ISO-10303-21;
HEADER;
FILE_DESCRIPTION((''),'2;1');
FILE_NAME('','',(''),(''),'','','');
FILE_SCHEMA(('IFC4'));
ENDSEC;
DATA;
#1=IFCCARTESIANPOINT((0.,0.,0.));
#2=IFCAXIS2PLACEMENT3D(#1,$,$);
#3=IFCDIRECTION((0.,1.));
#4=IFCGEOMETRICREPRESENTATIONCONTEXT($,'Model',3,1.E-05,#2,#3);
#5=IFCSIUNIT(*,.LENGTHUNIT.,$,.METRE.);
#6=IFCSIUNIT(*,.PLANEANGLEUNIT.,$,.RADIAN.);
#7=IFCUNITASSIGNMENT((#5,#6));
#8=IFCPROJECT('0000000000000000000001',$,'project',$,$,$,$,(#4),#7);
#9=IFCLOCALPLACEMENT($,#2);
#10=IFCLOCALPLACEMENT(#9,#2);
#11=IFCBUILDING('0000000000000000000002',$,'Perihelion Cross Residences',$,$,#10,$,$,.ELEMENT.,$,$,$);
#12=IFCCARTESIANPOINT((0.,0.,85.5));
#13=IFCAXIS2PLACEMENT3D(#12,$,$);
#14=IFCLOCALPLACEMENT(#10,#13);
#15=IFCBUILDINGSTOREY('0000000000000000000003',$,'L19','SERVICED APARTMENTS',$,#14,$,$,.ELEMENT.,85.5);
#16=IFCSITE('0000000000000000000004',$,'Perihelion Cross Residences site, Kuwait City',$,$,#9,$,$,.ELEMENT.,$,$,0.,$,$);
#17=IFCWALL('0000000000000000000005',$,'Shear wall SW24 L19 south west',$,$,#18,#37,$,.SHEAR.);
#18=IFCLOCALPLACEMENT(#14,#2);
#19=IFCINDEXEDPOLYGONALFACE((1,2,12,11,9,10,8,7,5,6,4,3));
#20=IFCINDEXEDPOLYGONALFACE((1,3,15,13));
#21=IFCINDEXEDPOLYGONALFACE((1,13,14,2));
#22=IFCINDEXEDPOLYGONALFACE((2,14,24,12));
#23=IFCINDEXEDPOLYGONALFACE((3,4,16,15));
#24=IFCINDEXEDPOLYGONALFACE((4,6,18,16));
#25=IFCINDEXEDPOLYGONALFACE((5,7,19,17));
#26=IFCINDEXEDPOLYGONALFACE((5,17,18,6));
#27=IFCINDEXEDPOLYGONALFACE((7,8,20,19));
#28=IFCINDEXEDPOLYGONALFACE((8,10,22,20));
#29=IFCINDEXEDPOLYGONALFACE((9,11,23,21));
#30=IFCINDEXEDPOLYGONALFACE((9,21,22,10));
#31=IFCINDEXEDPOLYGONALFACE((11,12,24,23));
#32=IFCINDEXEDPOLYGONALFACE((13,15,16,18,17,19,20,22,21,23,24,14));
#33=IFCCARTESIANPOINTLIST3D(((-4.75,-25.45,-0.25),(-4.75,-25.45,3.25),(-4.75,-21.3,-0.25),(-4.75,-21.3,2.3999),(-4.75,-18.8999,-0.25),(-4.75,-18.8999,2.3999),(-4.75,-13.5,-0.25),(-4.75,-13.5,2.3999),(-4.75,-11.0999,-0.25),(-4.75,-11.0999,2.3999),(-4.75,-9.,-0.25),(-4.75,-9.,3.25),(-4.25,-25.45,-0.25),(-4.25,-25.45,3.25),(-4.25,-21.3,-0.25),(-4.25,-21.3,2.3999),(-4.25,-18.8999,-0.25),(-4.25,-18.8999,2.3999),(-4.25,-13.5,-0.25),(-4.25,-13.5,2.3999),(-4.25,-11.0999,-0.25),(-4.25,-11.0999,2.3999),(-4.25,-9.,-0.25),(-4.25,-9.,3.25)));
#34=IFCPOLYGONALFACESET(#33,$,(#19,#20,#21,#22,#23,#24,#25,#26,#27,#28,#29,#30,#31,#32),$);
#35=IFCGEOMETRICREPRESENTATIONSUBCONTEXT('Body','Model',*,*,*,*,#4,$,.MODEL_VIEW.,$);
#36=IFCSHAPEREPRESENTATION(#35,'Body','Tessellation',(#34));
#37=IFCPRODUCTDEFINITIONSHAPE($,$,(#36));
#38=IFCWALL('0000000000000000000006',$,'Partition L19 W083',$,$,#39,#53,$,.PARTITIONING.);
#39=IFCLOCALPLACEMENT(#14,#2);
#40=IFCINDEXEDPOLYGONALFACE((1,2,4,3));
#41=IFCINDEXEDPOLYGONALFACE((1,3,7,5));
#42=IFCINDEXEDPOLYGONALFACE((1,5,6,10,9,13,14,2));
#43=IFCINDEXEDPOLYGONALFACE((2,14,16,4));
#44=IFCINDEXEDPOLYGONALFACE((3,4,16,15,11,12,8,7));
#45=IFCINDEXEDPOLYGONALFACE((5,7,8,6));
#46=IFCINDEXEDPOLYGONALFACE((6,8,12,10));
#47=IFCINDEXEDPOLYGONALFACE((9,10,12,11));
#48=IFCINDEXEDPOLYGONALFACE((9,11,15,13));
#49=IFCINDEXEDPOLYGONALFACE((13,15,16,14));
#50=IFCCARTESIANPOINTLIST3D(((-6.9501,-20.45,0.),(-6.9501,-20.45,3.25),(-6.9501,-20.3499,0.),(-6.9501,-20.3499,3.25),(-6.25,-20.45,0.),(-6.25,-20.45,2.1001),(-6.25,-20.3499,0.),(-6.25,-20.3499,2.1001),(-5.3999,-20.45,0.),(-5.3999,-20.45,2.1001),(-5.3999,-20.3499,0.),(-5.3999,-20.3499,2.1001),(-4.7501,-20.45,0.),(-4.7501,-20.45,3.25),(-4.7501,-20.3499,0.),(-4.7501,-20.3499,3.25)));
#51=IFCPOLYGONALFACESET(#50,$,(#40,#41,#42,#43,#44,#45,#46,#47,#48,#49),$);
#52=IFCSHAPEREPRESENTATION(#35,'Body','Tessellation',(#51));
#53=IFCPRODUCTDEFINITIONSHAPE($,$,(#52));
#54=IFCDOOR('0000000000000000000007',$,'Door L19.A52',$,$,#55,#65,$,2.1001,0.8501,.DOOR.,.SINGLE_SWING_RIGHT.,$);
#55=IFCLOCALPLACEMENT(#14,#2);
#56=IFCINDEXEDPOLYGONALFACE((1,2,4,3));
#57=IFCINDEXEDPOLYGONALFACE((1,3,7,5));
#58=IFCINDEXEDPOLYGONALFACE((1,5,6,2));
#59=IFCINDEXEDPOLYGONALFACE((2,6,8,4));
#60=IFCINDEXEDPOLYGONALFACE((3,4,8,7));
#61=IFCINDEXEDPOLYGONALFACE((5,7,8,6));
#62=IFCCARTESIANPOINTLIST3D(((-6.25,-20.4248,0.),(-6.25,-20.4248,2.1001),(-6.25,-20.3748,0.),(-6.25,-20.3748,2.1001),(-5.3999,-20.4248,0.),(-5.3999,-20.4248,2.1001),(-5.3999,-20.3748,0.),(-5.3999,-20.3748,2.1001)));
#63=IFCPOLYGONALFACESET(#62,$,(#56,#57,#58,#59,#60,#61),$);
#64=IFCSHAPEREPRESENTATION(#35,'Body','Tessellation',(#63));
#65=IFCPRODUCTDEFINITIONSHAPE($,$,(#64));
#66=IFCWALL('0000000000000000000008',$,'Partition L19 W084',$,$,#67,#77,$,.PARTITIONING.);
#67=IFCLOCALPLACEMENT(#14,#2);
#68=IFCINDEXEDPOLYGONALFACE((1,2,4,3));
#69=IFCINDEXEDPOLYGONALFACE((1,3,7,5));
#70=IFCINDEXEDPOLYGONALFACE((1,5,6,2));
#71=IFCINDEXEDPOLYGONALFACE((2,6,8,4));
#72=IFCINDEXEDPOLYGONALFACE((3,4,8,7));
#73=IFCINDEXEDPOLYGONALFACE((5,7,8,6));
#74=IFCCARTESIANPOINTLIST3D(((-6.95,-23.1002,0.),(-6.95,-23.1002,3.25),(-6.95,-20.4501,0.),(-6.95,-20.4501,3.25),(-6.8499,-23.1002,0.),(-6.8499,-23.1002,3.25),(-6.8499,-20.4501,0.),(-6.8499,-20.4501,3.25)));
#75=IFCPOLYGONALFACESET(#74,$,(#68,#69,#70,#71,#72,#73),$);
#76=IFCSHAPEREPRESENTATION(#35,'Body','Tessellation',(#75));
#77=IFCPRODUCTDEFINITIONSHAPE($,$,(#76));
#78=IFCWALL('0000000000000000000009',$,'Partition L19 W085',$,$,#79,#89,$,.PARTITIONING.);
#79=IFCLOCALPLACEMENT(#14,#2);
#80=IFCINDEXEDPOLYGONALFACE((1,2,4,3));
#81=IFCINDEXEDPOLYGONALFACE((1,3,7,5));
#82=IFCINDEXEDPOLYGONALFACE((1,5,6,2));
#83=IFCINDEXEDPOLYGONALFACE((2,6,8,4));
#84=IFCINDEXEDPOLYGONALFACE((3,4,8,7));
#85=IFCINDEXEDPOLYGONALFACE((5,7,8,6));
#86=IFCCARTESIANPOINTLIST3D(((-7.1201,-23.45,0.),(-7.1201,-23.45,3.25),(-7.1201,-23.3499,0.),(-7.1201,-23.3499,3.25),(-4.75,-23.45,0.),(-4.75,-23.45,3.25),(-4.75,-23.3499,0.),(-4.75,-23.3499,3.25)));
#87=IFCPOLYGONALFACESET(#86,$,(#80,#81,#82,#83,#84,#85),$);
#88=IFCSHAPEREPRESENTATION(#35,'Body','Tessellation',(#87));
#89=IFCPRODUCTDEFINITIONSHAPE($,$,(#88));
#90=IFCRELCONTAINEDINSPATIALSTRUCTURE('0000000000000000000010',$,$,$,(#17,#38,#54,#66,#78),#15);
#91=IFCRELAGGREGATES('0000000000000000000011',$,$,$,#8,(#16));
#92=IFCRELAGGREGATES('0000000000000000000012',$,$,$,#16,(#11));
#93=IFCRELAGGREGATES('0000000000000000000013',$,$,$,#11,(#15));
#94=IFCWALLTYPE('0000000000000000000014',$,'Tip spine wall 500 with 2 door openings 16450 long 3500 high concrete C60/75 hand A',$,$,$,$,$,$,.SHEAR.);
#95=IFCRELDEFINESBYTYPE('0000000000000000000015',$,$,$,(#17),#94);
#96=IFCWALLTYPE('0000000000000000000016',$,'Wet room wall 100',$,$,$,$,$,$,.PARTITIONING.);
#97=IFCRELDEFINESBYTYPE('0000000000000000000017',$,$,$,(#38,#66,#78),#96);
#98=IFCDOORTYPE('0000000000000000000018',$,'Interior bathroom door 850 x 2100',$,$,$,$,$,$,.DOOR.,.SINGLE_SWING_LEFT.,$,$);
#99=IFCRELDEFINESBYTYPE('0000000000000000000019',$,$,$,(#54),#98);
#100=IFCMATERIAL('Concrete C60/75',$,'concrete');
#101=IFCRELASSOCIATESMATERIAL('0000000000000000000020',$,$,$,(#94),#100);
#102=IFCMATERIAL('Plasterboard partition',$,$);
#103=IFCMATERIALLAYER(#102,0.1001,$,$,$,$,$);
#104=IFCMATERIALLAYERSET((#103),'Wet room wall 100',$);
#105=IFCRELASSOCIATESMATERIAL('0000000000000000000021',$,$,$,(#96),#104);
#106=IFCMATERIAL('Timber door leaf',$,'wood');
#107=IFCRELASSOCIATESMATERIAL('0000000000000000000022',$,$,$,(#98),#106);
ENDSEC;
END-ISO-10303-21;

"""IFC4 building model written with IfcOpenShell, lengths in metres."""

from ifc_helpers import new_model, si_unit, direction, frame, frame_2d, origin, place, context, subcontext, project, spatial, polyline, rectangle, outline, extrude, material, layer, layer_set, material_profile, profile_set, type_object, element, fill, save


model = new_model("IFC4")

# Units and contexts
model_context = context("Model", 3, precision=1e-05, world=origin(), true_north=direction((0.0, 1.0)))
body_context = subcontext(model_context, "Body", "Model", "MODEL_VIEW")
ifc_project = project(units=[si_unit("LENGTHUNIT", "METRE"), si_unit("PLANEANGLEUNIT", "RADIAN")], contexts=[model_context])

# Site, building, storey
site_placement = place(None, origin())
site = spatial("IfcSite", under=ifc_project, at=site_placement, Name="Perihelion Cross Residences site, Kuwait City", CompositionType="ELEMENT", RefElevation=0.0)
building_placement = place(site_placement, origin())
building = spatial("IfcBuilding", under=site, at=building_placement, Name="Perihelion Cross Residences", CompositionType="ELEMENT")
storey_placement = place(building_placement, frame((0.0, 0.0, 85.5)))
storey = spatial("IfcBuildingStorey", under=building, at=storey_placement, Name="L19", Description="SERVICED APARTMENTS", CompositionType="ELEMENT", Elevation=85.5)

# Wall
ifc_material_1 = material(Name="Concrete C60/75", Category="concrete")
ifc_material_profile_1 = material_profile(ifc_material_1, outline(polyline([(0.0, 0.0), (4.1499, 0.0), (4.1499, 2.6499), (6.55, 2.6499), (6.55, 0.0), (11.95, 0.0), (11.95, 2.6499), (14.3501, 2.6499), (14.3501, 0.0), (16.45, 0.0), (16.45, 3.5), (0.0, 3.5), (0.0, 0.0)])), Name="Tip spine wall")
ifc_profile_set_1 = profile_set([ifc_material_profile_1], Name="Concrete C60/75")
wall_type_1 = type_object("IfcWallType", Name="Tip spine wall 500 with 2 door openings 16450 long 3500 high concrete C60/75 hand A", PredefinedType="SHEAR", material=ifc_profile_set_1)
wall_1_placement = place(storey_placement, frame((-4.75, -25.45, -0.25), z_axis=(1.0, 0.0, 0.0), x_axis=(0.0, 1.0, 0.0)))
element("IfcWall", 1, at=wall_1_placement, inside=storey, type_object=wall_type_1, Name="Shear wall SW24 L19 south west", PredefinedType="SHEAR", context=body_context, shape_type="SweptSolid", body=[
    extrude(outline(polyline([(0.0, 0.0), (4.1499, 0.0), (4.1499, 2.6499), (6.55, 2.6499), (6.55, 0.0), (11.95, 0.0), (11.95, 2.6499), (14.3501, 2.6499), (14.3501, 0.0), (16.45, 0.0), (16.45, 3.5), (0.0, 3.5), (0.0, 0.0)])), origin(), (0.0, 0.0, 1.0), 0.5),
])

# Wall, opening, door
ifc_material_2 = material(Name="Plasterboard partition")
ifc_layer_1 = layer(ifc_material_2, 0.1001)
ifc_layer_set_1 = layer_set([ifc_layer_1], Name="Wet room wall 100")
wall_type_2 = type_object("IfcWallType", Name="Wet room wall 100", PredefinedType="PARTITIONING", material=ifc_layer_set_1)
wall_2_placement = place(storey_placement, frame((-4.75, -20.3999, 0.0), z_axis=(0.0, 0.0, 1.0), x_axis=(-1.0, 0.0, 0.0)))
wall_2 = element("IfcWall", 2, at=wall_2_placement, inside=storey, type_object=wall_type_2, Name="Partition L19 W083", PredefinedType="PARTITIONING", context=body_context, shape_type="SweptSolid", body=[
    extrude(rectangle(XDim=2.2, YDim=0.1001, at=frame_2d((1.1001, 0.0))), origin(), (0.0, 0.0, 1.0), 3.25),
])
opening_1_placement = place(wall_2_placement, frame((0.6499, 0.0, 0.0)))
opening_1 = element("IfcOpeningElement", 3, at=opening_1_placement, cuts=wall_2, PredefinedType="OPENING", context=body_context, shape_type="SweptSolid", body=[
    extrude(rectangle(XDim=0.8501, YDim=2.1001, at=frame_2d((0.425, 1.05))), frame((0.0, 0.0601, 0.0), z_axis=(0.0, -1.0, 0.0), x_axis=(1.0, 0.0, 0.0)), (0.0, 0.0, 1.0), 0.1201),
])
ifc_material_3 = material(Name="Timber door leaf", Category="wood")
door_type_1 = type_object("IfcDoorType", Name="Interior bathroom door 850 x 2100", OperationType="SINGLE_SWING_LEFT", PredefinedType="DOOR", material=ifc_material_3)
door_1_placement = place(opening_1_placement, origin())
door_1 = element("IfcDoor", 4, at=door_1_placement, inside=storey, type_object=door_type_1, Name="Door L19.A52", OperationType="SINGLE_SWING_RIGHT", OverallHeight=2.1001, OverallWidth=0.8501, PredefinedType="DOOR", context=body_context, shape_type="SweptSolid", body=[
    extrude(rectangle(XDim=0.8501, YDim=2.1001, at=frame_2d((0.425, 1.05))), frame((0.0, 0.0249, 0.0), z_axis=(0.0, -1.0, 0.0), x_axis=(1.0, 0.0, 0.0)), (0.0, 0.0, 1.0), 0.05),
])
fill(opening_1, door_1)

# Walls
wall_3_placement = place(storey_placement, frame((-6.8999, -20.45, 0.0), z_axis=(0.0, 0.0, 1.0), x_axis=(0.0, -1.0, 0.0)))
element("IfcWall", 5, at=wall_3_placement, inside=storey, type_object=wall_type_2, Name="Partition L19 W084", PredefinedType="PARTITIONING", context=body_context, shape_type="SweptSolid", body=[
    extrude(rectangle(XDim=2.6501, YDim=0.1001, at=frame_2d((1.3252, 0.0))), origin(), (0.0, 0.0, 1.0), 3.25),
])
wall_4_placement = place(storey_placement, frame((-4.75, -23.3999, 0.0), z_axis=(0.0, 0.0, 1.0), x_axis=(-1.0, 0.0, 0.0)))
element("IfcWall", 6, at=wall_4_placement, inside=storey, type_object=wall_type_2, Name="Partition L19 W085", PredefinedType="PARTITIONING", context=body_context, shape_type="SweptSolid", body=[
    extrude(rectangle(XDim=2.3701, YDim=0.1001, at=frame_2d((1.1851, 0.0))), origin(), (0.0, 0.0, 1.0), 3.25),
])

save(model, "model.ifc")
